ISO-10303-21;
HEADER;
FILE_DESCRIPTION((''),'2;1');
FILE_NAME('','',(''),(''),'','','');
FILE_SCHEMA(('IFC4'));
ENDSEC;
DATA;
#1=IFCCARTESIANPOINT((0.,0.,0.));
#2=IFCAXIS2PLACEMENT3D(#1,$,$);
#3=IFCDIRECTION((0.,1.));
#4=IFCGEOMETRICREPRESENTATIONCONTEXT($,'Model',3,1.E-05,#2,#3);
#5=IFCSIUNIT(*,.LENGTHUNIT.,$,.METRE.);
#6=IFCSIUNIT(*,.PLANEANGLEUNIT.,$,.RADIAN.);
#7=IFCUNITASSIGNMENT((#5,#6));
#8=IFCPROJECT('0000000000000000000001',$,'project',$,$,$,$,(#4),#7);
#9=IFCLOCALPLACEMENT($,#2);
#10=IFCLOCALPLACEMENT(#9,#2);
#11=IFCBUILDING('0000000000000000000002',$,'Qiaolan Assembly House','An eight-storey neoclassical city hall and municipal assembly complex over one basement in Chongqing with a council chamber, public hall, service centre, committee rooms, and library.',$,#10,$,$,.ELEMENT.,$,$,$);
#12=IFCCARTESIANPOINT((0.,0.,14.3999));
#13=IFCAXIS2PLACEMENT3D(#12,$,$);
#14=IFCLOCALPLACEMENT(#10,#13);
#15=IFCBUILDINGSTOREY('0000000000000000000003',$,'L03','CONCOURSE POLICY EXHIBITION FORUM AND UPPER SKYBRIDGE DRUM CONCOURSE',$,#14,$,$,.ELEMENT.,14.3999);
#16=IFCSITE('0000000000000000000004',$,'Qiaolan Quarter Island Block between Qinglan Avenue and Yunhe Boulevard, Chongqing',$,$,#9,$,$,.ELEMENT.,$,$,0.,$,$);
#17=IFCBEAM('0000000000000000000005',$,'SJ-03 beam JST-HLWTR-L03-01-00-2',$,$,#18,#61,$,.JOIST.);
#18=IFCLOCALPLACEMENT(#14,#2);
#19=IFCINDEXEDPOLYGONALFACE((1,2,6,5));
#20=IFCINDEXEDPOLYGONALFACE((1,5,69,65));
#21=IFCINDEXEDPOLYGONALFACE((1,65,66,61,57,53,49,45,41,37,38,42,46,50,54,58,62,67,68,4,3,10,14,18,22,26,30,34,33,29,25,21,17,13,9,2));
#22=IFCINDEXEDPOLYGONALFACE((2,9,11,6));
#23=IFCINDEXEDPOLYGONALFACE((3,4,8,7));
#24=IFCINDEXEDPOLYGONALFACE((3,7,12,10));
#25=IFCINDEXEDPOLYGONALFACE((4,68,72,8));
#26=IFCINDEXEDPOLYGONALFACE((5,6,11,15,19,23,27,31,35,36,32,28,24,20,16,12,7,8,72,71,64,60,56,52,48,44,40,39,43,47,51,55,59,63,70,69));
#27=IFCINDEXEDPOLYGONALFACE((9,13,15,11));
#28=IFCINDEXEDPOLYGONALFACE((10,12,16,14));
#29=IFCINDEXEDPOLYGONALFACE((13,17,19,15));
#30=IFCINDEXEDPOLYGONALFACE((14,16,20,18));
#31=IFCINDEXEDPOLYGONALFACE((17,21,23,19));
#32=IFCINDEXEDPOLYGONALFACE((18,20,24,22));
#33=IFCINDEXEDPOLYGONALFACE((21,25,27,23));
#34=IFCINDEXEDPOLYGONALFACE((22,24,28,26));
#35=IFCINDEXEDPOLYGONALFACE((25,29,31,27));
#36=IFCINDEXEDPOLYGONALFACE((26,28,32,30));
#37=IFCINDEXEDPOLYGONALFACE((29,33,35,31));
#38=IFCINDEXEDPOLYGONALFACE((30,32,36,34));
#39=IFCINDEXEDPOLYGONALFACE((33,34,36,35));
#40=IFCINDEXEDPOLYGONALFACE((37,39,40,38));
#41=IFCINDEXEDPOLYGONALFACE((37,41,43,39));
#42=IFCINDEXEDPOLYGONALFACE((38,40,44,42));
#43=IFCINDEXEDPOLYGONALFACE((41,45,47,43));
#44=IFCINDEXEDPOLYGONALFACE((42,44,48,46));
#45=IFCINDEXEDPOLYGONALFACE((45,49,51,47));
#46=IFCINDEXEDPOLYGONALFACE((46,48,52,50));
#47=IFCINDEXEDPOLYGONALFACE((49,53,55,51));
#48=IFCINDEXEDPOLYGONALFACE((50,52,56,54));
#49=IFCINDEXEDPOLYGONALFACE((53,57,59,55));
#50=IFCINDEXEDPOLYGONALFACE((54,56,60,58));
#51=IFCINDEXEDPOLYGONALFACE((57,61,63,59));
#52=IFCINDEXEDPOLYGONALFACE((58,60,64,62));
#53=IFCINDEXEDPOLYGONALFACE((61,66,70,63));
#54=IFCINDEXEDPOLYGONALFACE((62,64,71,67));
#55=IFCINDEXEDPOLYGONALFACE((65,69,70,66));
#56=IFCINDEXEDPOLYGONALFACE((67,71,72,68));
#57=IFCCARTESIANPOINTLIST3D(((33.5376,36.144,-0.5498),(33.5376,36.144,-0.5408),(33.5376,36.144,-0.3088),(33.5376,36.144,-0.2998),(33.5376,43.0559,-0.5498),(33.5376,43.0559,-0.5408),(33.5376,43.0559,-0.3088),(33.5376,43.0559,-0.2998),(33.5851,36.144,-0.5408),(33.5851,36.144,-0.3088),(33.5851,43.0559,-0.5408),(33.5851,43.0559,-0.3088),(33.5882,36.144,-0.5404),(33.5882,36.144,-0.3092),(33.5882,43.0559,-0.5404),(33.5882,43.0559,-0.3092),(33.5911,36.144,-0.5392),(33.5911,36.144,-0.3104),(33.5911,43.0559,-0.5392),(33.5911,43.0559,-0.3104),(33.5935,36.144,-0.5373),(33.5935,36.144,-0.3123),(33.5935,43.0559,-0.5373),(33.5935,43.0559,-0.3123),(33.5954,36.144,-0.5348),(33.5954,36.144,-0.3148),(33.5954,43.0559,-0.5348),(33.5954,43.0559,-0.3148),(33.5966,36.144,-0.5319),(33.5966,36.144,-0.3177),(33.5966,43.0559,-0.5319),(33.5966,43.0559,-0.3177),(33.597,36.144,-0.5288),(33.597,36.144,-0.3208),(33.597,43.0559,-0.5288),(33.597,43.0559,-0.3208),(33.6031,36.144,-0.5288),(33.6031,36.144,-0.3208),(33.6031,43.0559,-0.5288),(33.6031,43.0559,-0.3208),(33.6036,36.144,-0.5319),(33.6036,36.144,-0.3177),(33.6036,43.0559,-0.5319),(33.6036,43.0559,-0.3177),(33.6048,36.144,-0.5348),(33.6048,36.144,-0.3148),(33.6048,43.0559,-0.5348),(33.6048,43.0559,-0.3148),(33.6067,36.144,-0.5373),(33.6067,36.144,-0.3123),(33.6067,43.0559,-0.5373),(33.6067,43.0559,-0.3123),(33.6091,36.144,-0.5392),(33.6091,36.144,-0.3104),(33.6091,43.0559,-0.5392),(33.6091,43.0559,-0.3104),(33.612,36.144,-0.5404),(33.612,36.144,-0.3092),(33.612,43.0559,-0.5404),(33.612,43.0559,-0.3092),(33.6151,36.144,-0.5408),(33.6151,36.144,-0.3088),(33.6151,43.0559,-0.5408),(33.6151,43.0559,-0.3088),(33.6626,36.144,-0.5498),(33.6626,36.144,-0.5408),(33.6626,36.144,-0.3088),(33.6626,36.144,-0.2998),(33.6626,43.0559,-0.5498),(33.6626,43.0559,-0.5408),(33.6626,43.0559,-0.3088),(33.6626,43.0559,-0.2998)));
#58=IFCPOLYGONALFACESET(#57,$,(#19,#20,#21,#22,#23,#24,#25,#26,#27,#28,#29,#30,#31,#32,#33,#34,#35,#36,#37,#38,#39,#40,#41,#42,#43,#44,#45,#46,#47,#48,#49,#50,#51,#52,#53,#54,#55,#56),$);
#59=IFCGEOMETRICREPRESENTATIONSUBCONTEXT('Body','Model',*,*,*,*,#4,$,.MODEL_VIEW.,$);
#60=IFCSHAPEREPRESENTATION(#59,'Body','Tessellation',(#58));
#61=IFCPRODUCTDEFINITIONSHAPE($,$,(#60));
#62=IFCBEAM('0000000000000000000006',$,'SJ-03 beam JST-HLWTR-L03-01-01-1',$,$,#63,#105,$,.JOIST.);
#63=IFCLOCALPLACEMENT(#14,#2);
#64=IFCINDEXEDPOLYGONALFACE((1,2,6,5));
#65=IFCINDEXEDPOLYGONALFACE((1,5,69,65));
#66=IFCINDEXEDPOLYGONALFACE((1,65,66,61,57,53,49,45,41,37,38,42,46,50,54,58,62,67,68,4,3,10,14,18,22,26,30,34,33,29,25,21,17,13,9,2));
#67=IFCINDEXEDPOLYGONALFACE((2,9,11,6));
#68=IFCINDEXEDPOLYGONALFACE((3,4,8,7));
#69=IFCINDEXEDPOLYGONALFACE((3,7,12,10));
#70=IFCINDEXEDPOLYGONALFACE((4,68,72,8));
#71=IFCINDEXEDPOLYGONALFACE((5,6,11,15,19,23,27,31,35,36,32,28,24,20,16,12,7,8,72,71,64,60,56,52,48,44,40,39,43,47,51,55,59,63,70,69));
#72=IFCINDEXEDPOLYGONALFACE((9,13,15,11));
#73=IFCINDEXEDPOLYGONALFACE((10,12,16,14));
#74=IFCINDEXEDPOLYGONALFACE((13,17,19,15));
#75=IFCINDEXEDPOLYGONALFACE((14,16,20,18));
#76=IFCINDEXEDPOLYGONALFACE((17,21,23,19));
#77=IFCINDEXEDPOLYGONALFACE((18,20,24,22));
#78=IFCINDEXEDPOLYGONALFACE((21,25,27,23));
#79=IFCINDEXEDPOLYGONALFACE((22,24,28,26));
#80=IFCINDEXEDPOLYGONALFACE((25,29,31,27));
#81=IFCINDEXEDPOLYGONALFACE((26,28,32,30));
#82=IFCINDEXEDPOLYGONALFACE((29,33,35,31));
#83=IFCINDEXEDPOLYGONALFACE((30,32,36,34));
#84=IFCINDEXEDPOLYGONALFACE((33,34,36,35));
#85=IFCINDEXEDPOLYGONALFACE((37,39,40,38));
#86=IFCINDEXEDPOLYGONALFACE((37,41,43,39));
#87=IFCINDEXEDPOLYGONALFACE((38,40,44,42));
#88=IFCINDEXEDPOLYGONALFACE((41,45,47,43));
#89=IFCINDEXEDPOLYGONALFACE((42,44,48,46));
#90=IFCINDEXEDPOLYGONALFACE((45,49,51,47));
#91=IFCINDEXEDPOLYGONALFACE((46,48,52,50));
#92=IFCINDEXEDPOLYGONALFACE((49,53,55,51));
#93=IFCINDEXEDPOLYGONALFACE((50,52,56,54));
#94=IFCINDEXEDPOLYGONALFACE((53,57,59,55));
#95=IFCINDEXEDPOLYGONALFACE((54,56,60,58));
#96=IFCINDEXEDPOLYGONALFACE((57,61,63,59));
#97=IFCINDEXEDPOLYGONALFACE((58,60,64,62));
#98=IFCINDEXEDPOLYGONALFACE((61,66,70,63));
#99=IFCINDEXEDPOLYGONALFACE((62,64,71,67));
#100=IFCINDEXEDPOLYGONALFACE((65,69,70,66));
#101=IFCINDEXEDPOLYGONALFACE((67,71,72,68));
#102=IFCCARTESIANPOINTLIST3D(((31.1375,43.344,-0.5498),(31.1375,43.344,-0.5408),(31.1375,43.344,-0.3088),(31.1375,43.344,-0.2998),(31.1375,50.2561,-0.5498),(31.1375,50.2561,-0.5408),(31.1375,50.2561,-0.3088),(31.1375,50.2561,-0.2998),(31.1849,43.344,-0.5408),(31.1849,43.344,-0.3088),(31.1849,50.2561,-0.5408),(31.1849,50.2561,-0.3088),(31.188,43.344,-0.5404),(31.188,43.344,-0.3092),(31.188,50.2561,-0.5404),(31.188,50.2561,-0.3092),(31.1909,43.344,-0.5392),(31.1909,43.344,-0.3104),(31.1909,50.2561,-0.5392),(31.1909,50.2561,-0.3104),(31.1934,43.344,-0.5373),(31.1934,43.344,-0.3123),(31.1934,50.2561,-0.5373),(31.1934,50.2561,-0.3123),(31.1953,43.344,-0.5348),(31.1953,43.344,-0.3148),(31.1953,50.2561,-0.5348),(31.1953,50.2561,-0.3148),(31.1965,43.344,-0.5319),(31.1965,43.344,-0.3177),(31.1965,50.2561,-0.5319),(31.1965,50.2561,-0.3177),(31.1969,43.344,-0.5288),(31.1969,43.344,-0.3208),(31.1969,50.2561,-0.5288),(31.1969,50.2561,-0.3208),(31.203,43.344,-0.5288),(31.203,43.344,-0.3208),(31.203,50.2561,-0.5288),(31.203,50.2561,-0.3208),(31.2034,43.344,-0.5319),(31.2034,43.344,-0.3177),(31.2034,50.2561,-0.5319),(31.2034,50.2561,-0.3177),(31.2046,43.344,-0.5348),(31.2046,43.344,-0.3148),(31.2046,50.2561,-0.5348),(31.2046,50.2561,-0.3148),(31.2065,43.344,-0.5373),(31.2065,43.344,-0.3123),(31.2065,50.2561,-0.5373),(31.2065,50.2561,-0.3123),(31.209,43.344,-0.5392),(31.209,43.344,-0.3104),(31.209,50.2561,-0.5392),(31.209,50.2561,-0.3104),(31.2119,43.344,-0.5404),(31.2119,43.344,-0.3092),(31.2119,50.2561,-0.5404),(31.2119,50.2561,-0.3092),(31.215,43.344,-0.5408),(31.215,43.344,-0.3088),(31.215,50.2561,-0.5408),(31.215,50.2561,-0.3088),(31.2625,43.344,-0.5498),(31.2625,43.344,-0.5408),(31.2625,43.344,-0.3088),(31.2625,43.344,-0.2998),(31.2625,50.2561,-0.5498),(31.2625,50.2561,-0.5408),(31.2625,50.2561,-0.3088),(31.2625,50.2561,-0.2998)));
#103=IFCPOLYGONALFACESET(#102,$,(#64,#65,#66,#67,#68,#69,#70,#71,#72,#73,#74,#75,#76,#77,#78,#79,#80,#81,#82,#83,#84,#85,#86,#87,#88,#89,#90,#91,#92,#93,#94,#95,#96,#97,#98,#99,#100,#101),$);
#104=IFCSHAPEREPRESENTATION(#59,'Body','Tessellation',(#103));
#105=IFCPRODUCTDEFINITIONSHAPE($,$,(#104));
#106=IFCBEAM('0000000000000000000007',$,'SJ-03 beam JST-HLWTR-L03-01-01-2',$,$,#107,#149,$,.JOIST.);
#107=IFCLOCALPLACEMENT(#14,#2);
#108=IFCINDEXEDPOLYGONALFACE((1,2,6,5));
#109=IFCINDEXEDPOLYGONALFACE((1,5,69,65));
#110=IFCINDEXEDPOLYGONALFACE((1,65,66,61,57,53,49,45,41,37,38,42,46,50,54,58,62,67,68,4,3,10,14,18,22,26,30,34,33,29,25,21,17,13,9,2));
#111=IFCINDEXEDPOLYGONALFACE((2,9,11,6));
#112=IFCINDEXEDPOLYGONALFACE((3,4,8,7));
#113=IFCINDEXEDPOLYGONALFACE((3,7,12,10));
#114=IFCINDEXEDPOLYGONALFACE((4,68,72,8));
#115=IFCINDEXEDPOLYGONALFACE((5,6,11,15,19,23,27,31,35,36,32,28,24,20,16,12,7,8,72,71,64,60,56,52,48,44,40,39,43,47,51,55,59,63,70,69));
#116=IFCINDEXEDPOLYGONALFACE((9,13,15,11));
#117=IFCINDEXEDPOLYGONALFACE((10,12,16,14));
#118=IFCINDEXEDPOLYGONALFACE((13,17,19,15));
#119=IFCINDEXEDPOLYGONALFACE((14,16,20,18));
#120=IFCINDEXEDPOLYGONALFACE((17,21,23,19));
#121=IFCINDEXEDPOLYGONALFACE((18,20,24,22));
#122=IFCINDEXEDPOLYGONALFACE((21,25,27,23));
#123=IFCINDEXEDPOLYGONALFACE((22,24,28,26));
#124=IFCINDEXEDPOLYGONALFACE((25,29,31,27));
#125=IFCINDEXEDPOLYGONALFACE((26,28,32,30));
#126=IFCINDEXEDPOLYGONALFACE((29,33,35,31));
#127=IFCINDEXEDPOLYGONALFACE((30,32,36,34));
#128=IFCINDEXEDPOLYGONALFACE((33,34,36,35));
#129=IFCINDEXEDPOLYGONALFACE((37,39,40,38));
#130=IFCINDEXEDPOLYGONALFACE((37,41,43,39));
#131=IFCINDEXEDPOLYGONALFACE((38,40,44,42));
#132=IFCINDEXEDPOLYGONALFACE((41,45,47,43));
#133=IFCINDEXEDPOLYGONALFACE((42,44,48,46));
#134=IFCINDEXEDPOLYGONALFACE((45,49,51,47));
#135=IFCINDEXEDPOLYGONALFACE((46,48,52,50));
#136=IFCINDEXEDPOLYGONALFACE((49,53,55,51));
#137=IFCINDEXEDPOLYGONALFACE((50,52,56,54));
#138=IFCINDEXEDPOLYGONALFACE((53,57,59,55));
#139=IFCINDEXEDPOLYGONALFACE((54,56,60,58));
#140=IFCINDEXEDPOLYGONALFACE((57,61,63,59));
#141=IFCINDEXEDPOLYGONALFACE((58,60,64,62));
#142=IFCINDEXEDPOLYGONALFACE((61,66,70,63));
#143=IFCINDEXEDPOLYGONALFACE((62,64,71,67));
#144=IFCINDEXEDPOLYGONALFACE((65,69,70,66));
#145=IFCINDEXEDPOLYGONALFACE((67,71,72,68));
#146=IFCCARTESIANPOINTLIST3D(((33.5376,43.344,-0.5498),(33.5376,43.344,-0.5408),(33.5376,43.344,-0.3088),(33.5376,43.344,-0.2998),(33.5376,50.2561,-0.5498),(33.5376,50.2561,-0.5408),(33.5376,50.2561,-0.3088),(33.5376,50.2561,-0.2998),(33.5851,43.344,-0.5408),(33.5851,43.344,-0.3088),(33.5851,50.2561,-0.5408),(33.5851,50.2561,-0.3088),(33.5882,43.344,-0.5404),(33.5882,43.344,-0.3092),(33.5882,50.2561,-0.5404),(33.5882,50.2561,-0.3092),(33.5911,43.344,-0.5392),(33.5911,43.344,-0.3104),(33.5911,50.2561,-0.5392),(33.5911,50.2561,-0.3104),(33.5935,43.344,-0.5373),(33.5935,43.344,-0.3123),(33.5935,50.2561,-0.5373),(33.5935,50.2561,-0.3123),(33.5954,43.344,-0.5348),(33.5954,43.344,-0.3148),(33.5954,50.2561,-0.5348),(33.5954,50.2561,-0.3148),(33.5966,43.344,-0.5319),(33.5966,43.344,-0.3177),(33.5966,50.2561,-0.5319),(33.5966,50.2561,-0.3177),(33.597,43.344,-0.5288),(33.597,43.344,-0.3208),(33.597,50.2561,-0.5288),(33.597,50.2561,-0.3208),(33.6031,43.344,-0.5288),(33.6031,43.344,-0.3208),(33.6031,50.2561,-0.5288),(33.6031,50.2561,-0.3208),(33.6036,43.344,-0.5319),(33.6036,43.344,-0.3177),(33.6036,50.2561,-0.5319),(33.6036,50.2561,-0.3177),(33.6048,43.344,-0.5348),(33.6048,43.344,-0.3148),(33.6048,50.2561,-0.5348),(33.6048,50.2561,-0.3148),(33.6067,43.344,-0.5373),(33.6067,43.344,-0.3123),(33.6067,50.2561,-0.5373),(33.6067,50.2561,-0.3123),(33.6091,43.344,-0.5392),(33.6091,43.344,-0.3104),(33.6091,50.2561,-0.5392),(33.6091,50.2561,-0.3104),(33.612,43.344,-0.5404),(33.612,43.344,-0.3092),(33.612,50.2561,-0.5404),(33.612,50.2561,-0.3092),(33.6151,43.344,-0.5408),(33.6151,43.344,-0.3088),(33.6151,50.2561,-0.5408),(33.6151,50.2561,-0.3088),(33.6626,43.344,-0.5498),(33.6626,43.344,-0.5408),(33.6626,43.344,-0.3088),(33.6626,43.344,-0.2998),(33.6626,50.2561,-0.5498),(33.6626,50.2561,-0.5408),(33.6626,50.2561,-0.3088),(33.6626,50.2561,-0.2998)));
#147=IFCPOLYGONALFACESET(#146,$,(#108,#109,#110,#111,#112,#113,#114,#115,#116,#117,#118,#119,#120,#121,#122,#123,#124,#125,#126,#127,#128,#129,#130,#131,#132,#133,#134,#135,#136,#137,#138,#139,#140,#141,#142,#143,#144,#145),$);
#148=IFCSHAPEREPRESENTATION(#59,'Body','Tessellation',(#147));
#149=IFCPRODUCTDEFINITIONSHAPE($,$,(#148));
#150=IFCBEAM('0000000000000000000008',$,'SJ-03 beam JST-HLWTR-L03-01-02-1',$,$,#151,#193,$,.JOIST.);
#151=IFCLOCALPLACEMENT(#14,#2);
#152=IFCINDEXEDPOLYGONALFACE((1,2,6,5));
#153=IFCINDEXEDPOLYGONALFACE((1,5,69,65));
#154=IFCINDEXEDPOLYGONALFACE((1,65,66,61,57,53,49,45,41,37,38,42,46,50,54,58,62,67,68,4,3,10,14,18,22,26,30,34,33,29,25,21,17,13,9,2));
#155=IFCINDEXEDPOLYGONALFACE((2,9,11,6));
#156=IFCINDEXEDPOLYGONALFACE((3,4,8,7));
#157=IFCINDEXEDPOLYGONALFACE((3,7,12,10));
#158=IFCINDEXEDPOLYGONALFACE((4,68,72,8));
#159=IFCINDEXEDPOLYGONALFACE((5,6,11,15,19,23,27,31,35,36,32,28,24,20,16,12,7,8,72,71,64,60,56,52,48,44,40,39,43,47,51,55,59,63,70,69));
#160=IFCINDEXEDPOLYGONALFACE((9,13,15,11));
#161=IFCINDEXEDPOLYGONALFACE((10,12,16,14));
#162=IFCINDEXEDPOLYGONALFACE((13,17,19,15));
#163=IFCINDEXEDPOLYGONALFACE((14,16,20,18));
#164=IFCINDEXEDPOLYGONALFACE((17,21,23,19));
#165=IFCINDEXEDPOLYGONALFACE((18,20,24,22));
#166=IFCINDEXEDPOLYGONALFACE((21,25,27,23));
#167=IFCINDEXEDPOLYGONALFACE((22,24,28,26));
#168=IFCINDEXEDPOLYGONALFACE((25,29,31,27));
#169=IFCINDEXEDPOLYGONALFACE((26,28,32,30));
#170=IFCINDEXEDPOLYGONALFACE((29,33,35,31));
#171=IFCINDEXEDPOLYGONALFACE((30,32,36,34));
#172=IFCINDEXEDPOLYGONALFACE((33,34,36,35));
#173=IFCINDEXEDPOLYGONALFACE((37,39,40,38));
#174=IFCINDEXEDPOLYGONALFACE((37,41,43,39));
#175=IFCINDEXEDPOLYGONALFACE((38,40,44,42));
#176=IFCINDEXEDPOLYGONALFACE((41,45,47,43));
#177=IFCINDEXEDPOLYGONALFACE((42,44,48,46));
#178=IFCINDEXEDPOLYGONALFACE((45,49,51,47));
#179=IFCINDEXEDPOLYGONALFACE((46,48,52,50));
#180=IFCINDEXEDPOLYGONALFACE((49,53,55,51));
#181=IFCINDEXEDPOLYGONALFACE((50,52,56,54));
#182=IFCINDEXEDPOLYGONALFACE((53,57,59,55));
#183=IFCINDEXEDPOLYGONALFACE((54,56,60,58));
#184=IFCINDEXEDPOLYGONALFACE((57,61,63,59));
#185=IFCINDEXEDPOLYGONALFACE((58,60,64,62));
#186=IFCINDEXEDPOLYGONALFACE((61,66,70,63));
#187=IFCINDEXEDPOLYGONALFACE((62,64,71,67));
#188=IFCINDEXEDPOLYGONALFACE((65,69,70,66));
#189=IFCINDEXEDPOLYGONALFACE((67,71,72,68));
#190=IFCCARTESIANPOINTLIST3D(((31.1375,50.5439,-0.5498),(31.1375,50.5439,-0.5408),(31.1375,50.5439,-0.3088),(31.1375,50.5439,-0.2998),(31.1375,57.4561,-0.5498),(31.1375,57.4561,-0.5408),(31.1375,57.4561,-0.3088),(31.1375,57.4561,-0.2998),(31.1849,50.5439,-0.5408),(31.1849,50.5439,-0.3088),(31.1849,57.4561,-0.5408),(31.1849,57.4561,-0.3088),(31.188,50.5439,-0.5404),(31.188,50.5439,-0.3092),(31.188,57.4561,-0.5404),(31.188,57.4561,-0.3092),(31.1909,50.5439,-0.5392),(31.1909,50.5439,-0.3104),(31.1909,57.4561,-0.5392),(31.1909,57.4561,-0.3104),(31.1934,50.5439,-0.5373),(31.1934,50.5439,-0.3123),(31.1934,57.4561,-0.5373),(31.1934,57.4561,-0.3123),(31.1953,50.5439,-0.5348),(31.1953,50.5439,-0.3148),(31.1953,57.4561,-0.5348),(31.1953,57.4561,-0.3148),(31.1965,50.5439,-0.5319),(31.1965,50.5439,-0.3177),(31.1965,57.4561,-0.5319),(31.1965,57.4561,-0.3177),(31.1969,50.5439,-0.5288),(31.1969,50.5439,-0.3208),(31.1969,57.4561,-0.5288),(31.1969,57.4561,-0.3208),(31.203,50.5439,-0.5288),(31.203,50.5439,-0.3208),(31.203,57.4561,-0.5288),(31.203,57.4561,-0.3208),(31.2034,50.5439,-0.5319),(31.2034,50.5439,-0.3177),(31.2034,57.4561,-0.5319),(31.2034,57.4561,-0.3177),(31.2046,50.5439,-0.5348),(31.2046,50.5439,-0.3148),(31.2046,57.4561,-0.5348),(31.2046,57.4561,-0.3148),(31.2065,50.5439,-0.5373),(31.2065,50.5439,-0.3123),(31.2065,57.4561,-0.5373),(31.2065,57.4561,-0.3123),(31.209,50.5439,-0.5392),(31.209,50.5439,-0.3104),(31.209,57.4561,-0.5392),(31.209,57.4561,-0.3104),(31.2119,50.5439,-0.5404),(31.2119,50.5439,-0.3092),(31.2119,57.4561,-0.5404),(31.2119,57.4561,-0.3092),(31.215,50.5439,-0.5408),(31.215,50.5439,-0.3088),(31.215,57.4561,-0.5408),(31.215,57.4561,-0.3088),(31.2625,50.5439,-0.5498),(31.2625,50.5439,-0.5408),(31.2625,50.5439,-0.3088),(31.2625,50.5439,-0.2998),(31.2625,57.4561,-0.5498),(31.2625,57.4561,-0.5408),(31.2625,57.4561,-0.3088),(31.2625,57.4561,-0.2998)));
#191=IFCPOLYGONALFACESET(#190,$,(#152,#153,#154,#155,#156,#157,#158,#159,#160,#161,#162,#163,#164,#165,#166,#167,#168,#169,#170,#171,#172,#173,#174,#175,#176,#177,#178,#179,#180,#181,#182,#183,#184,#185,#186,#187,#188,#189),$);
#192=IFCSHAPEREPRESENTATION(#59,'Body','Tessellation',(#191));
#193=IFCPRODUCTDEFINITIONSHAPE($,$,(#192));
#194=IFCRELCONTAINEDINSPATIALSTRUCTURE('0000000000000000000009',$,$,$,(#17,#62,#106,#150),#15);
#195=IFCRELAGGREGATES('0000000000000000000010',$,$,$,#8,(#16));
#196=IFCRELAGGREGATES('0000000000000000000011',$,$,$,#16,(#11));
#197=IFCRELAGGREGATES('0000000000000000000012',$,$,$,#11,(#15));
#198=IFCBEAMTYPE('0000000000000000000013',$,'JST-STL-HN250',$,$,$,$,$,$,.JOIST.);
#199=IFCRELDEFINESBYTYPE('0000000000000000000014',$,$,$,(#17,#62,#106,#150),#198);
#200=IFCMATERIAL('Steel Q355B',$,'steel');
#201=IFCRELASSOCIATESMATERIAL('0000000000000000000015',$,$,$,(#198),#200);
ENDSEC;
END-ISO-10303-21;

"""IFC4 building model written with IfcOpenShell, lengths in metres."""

from ifc_helpers import new_model, si_unit, direction, frame, origin, origin_2d, place, context, subcontext, project, spatial, i_section, extrude, material, material_profile, profile_set, type_object, element, save


model = new_model("IFC4")

# Units and contexts
model_context = context("Model", 3, precision=1e-05, world=origin(), true_north=direction((0.0, 1.0)))
body_context = subcontext(model_context, "Body", "Model", "MODEL_VIEW")
ifc_project = project(units=[si_unit("LENGTHUNIT", "METRE"), si_unit("PLANEANGLEUNIT", "RADIAN")], contexts=[model_context])

# Site, building, storey
site_placement = place(None, origin())
site = spatial("IfcSite", under=ifc_project, at=site_placement, Name="Qiaolan Quarter Island Block between Qinglan Avenue and Yunhe Boulevard, Chongqing", CompositionType="ELEMENT", RefElevation=0.0)
building_placement = place(site_placement, origin())
building = spatial("IfcBuilding", under=site, at=building_placement, Name="Qiaolan Assembly House", Description="An eight-storey neoclassical city hall and municipal assembly complex over one basement in Chongqing with a council chamber, public hall, service centre, committee rooms, and library.", CompositionType="ELEMENT")
storey_placement = place(building_placement, frame((0.0, 0.0, 14.3999)))
storey = spatial("IfcBuildingStorey", under=building, at=storey_placement, Name="L03", Description="CONCOURSE POLICY EXHIBITION FORUM AND UPPER SKYBRIDGE DRUM CONCOURSE", CompositionType="ELEMENT", Elevation=14.3999)

# Shared definitions
ifc_material_1 = material(Name="Steel Q355B", Category="steel")

# Beams
ifc_material_profile_1 = material_profile(ifc_material_1, i_section(OverallWidth=0.125, OverallDepth=0.25, WebThickness=0.0061, FlangeThickness=0.009, FilletRadius=0.012, at=origin_2d()), Name="HN 250x125x6x9")
ifc_profile_set_1 = profile_set([ifc_material_profile_1], Name="Steel Q355B")
beam_type_1 = type_object("IfcBeamType", Name="JST-STL-HN250", PredefinedType="JOIST", material=ifc_profile_set_1)
for number, where, z_axis, x_axis, name in (
    (1, (33.6001, 36.144, -0.4248), (0.0, 1.0, 0.0), (-1.0, 0.0, 0.0), "SJ-03 beam JST-HLWTR-L03-01-00-2"),
):
    element("IfcBeam", number, at=place(storey_placement, frame(where, z_axis=z_axis, x_axis=x_axis)), inside=storey, type_object=beam_type_1, Name=name, PredefinedType="JOIST", context=body_context, shape_type="SweptSolid", body=[
        extrude(i_section(OverallWidth=0.125, OverallDepth=0.25, WebThickness=0.0061, FlangeThickness=0.009, FilletRadius=0.012, at=origin_2d()), origin(), (0.0, 0.0, 1.0), 6.9119),
    ])
for number, where, z_axis, x_axis, name in (
    (2, (31.2, 43.344, -0.4248), (0.0, 1.0, 0.0), (-1.0, 0.0, 0.0), "SJ-03 beam JST-HLWTR-L03-01-01-1"),
    (3, (33.6001, 43.344, -0.4248), (0.0, 1.0, 0.0), (-1.0, 0.0, 0.0), "SJ-03 beam JST-HLWTR-L03-01-01-2"),
    (4, (31.2, 50.5439, -0.4248), (0.0, 1.0, 0.0), (-1.0, 0.0, 0.0), "SJ-03 beam JST-HLWTR-L03-01-02-1"),
):
    element("IfcBeam", number, at=place(storey_placement, frame(where, z_axis=z_axis, x_axis=x_axis)), inside=storey, type_object=beam_type_1, Name=name, PredefinedType="JOIST", context=body_context, shape_type="SweptSolid", body=[
        extrude(i_section(OverallWidth=0.125, OverallDepth=0.25, WebThickness=0.0061, FlangeThickness=0.009, FilletRadius=0.012, at=origin_2d()), origin(), (0.0, 0.0, 1.0), 6.9121),
    ])

save(model, "model.ifc")
